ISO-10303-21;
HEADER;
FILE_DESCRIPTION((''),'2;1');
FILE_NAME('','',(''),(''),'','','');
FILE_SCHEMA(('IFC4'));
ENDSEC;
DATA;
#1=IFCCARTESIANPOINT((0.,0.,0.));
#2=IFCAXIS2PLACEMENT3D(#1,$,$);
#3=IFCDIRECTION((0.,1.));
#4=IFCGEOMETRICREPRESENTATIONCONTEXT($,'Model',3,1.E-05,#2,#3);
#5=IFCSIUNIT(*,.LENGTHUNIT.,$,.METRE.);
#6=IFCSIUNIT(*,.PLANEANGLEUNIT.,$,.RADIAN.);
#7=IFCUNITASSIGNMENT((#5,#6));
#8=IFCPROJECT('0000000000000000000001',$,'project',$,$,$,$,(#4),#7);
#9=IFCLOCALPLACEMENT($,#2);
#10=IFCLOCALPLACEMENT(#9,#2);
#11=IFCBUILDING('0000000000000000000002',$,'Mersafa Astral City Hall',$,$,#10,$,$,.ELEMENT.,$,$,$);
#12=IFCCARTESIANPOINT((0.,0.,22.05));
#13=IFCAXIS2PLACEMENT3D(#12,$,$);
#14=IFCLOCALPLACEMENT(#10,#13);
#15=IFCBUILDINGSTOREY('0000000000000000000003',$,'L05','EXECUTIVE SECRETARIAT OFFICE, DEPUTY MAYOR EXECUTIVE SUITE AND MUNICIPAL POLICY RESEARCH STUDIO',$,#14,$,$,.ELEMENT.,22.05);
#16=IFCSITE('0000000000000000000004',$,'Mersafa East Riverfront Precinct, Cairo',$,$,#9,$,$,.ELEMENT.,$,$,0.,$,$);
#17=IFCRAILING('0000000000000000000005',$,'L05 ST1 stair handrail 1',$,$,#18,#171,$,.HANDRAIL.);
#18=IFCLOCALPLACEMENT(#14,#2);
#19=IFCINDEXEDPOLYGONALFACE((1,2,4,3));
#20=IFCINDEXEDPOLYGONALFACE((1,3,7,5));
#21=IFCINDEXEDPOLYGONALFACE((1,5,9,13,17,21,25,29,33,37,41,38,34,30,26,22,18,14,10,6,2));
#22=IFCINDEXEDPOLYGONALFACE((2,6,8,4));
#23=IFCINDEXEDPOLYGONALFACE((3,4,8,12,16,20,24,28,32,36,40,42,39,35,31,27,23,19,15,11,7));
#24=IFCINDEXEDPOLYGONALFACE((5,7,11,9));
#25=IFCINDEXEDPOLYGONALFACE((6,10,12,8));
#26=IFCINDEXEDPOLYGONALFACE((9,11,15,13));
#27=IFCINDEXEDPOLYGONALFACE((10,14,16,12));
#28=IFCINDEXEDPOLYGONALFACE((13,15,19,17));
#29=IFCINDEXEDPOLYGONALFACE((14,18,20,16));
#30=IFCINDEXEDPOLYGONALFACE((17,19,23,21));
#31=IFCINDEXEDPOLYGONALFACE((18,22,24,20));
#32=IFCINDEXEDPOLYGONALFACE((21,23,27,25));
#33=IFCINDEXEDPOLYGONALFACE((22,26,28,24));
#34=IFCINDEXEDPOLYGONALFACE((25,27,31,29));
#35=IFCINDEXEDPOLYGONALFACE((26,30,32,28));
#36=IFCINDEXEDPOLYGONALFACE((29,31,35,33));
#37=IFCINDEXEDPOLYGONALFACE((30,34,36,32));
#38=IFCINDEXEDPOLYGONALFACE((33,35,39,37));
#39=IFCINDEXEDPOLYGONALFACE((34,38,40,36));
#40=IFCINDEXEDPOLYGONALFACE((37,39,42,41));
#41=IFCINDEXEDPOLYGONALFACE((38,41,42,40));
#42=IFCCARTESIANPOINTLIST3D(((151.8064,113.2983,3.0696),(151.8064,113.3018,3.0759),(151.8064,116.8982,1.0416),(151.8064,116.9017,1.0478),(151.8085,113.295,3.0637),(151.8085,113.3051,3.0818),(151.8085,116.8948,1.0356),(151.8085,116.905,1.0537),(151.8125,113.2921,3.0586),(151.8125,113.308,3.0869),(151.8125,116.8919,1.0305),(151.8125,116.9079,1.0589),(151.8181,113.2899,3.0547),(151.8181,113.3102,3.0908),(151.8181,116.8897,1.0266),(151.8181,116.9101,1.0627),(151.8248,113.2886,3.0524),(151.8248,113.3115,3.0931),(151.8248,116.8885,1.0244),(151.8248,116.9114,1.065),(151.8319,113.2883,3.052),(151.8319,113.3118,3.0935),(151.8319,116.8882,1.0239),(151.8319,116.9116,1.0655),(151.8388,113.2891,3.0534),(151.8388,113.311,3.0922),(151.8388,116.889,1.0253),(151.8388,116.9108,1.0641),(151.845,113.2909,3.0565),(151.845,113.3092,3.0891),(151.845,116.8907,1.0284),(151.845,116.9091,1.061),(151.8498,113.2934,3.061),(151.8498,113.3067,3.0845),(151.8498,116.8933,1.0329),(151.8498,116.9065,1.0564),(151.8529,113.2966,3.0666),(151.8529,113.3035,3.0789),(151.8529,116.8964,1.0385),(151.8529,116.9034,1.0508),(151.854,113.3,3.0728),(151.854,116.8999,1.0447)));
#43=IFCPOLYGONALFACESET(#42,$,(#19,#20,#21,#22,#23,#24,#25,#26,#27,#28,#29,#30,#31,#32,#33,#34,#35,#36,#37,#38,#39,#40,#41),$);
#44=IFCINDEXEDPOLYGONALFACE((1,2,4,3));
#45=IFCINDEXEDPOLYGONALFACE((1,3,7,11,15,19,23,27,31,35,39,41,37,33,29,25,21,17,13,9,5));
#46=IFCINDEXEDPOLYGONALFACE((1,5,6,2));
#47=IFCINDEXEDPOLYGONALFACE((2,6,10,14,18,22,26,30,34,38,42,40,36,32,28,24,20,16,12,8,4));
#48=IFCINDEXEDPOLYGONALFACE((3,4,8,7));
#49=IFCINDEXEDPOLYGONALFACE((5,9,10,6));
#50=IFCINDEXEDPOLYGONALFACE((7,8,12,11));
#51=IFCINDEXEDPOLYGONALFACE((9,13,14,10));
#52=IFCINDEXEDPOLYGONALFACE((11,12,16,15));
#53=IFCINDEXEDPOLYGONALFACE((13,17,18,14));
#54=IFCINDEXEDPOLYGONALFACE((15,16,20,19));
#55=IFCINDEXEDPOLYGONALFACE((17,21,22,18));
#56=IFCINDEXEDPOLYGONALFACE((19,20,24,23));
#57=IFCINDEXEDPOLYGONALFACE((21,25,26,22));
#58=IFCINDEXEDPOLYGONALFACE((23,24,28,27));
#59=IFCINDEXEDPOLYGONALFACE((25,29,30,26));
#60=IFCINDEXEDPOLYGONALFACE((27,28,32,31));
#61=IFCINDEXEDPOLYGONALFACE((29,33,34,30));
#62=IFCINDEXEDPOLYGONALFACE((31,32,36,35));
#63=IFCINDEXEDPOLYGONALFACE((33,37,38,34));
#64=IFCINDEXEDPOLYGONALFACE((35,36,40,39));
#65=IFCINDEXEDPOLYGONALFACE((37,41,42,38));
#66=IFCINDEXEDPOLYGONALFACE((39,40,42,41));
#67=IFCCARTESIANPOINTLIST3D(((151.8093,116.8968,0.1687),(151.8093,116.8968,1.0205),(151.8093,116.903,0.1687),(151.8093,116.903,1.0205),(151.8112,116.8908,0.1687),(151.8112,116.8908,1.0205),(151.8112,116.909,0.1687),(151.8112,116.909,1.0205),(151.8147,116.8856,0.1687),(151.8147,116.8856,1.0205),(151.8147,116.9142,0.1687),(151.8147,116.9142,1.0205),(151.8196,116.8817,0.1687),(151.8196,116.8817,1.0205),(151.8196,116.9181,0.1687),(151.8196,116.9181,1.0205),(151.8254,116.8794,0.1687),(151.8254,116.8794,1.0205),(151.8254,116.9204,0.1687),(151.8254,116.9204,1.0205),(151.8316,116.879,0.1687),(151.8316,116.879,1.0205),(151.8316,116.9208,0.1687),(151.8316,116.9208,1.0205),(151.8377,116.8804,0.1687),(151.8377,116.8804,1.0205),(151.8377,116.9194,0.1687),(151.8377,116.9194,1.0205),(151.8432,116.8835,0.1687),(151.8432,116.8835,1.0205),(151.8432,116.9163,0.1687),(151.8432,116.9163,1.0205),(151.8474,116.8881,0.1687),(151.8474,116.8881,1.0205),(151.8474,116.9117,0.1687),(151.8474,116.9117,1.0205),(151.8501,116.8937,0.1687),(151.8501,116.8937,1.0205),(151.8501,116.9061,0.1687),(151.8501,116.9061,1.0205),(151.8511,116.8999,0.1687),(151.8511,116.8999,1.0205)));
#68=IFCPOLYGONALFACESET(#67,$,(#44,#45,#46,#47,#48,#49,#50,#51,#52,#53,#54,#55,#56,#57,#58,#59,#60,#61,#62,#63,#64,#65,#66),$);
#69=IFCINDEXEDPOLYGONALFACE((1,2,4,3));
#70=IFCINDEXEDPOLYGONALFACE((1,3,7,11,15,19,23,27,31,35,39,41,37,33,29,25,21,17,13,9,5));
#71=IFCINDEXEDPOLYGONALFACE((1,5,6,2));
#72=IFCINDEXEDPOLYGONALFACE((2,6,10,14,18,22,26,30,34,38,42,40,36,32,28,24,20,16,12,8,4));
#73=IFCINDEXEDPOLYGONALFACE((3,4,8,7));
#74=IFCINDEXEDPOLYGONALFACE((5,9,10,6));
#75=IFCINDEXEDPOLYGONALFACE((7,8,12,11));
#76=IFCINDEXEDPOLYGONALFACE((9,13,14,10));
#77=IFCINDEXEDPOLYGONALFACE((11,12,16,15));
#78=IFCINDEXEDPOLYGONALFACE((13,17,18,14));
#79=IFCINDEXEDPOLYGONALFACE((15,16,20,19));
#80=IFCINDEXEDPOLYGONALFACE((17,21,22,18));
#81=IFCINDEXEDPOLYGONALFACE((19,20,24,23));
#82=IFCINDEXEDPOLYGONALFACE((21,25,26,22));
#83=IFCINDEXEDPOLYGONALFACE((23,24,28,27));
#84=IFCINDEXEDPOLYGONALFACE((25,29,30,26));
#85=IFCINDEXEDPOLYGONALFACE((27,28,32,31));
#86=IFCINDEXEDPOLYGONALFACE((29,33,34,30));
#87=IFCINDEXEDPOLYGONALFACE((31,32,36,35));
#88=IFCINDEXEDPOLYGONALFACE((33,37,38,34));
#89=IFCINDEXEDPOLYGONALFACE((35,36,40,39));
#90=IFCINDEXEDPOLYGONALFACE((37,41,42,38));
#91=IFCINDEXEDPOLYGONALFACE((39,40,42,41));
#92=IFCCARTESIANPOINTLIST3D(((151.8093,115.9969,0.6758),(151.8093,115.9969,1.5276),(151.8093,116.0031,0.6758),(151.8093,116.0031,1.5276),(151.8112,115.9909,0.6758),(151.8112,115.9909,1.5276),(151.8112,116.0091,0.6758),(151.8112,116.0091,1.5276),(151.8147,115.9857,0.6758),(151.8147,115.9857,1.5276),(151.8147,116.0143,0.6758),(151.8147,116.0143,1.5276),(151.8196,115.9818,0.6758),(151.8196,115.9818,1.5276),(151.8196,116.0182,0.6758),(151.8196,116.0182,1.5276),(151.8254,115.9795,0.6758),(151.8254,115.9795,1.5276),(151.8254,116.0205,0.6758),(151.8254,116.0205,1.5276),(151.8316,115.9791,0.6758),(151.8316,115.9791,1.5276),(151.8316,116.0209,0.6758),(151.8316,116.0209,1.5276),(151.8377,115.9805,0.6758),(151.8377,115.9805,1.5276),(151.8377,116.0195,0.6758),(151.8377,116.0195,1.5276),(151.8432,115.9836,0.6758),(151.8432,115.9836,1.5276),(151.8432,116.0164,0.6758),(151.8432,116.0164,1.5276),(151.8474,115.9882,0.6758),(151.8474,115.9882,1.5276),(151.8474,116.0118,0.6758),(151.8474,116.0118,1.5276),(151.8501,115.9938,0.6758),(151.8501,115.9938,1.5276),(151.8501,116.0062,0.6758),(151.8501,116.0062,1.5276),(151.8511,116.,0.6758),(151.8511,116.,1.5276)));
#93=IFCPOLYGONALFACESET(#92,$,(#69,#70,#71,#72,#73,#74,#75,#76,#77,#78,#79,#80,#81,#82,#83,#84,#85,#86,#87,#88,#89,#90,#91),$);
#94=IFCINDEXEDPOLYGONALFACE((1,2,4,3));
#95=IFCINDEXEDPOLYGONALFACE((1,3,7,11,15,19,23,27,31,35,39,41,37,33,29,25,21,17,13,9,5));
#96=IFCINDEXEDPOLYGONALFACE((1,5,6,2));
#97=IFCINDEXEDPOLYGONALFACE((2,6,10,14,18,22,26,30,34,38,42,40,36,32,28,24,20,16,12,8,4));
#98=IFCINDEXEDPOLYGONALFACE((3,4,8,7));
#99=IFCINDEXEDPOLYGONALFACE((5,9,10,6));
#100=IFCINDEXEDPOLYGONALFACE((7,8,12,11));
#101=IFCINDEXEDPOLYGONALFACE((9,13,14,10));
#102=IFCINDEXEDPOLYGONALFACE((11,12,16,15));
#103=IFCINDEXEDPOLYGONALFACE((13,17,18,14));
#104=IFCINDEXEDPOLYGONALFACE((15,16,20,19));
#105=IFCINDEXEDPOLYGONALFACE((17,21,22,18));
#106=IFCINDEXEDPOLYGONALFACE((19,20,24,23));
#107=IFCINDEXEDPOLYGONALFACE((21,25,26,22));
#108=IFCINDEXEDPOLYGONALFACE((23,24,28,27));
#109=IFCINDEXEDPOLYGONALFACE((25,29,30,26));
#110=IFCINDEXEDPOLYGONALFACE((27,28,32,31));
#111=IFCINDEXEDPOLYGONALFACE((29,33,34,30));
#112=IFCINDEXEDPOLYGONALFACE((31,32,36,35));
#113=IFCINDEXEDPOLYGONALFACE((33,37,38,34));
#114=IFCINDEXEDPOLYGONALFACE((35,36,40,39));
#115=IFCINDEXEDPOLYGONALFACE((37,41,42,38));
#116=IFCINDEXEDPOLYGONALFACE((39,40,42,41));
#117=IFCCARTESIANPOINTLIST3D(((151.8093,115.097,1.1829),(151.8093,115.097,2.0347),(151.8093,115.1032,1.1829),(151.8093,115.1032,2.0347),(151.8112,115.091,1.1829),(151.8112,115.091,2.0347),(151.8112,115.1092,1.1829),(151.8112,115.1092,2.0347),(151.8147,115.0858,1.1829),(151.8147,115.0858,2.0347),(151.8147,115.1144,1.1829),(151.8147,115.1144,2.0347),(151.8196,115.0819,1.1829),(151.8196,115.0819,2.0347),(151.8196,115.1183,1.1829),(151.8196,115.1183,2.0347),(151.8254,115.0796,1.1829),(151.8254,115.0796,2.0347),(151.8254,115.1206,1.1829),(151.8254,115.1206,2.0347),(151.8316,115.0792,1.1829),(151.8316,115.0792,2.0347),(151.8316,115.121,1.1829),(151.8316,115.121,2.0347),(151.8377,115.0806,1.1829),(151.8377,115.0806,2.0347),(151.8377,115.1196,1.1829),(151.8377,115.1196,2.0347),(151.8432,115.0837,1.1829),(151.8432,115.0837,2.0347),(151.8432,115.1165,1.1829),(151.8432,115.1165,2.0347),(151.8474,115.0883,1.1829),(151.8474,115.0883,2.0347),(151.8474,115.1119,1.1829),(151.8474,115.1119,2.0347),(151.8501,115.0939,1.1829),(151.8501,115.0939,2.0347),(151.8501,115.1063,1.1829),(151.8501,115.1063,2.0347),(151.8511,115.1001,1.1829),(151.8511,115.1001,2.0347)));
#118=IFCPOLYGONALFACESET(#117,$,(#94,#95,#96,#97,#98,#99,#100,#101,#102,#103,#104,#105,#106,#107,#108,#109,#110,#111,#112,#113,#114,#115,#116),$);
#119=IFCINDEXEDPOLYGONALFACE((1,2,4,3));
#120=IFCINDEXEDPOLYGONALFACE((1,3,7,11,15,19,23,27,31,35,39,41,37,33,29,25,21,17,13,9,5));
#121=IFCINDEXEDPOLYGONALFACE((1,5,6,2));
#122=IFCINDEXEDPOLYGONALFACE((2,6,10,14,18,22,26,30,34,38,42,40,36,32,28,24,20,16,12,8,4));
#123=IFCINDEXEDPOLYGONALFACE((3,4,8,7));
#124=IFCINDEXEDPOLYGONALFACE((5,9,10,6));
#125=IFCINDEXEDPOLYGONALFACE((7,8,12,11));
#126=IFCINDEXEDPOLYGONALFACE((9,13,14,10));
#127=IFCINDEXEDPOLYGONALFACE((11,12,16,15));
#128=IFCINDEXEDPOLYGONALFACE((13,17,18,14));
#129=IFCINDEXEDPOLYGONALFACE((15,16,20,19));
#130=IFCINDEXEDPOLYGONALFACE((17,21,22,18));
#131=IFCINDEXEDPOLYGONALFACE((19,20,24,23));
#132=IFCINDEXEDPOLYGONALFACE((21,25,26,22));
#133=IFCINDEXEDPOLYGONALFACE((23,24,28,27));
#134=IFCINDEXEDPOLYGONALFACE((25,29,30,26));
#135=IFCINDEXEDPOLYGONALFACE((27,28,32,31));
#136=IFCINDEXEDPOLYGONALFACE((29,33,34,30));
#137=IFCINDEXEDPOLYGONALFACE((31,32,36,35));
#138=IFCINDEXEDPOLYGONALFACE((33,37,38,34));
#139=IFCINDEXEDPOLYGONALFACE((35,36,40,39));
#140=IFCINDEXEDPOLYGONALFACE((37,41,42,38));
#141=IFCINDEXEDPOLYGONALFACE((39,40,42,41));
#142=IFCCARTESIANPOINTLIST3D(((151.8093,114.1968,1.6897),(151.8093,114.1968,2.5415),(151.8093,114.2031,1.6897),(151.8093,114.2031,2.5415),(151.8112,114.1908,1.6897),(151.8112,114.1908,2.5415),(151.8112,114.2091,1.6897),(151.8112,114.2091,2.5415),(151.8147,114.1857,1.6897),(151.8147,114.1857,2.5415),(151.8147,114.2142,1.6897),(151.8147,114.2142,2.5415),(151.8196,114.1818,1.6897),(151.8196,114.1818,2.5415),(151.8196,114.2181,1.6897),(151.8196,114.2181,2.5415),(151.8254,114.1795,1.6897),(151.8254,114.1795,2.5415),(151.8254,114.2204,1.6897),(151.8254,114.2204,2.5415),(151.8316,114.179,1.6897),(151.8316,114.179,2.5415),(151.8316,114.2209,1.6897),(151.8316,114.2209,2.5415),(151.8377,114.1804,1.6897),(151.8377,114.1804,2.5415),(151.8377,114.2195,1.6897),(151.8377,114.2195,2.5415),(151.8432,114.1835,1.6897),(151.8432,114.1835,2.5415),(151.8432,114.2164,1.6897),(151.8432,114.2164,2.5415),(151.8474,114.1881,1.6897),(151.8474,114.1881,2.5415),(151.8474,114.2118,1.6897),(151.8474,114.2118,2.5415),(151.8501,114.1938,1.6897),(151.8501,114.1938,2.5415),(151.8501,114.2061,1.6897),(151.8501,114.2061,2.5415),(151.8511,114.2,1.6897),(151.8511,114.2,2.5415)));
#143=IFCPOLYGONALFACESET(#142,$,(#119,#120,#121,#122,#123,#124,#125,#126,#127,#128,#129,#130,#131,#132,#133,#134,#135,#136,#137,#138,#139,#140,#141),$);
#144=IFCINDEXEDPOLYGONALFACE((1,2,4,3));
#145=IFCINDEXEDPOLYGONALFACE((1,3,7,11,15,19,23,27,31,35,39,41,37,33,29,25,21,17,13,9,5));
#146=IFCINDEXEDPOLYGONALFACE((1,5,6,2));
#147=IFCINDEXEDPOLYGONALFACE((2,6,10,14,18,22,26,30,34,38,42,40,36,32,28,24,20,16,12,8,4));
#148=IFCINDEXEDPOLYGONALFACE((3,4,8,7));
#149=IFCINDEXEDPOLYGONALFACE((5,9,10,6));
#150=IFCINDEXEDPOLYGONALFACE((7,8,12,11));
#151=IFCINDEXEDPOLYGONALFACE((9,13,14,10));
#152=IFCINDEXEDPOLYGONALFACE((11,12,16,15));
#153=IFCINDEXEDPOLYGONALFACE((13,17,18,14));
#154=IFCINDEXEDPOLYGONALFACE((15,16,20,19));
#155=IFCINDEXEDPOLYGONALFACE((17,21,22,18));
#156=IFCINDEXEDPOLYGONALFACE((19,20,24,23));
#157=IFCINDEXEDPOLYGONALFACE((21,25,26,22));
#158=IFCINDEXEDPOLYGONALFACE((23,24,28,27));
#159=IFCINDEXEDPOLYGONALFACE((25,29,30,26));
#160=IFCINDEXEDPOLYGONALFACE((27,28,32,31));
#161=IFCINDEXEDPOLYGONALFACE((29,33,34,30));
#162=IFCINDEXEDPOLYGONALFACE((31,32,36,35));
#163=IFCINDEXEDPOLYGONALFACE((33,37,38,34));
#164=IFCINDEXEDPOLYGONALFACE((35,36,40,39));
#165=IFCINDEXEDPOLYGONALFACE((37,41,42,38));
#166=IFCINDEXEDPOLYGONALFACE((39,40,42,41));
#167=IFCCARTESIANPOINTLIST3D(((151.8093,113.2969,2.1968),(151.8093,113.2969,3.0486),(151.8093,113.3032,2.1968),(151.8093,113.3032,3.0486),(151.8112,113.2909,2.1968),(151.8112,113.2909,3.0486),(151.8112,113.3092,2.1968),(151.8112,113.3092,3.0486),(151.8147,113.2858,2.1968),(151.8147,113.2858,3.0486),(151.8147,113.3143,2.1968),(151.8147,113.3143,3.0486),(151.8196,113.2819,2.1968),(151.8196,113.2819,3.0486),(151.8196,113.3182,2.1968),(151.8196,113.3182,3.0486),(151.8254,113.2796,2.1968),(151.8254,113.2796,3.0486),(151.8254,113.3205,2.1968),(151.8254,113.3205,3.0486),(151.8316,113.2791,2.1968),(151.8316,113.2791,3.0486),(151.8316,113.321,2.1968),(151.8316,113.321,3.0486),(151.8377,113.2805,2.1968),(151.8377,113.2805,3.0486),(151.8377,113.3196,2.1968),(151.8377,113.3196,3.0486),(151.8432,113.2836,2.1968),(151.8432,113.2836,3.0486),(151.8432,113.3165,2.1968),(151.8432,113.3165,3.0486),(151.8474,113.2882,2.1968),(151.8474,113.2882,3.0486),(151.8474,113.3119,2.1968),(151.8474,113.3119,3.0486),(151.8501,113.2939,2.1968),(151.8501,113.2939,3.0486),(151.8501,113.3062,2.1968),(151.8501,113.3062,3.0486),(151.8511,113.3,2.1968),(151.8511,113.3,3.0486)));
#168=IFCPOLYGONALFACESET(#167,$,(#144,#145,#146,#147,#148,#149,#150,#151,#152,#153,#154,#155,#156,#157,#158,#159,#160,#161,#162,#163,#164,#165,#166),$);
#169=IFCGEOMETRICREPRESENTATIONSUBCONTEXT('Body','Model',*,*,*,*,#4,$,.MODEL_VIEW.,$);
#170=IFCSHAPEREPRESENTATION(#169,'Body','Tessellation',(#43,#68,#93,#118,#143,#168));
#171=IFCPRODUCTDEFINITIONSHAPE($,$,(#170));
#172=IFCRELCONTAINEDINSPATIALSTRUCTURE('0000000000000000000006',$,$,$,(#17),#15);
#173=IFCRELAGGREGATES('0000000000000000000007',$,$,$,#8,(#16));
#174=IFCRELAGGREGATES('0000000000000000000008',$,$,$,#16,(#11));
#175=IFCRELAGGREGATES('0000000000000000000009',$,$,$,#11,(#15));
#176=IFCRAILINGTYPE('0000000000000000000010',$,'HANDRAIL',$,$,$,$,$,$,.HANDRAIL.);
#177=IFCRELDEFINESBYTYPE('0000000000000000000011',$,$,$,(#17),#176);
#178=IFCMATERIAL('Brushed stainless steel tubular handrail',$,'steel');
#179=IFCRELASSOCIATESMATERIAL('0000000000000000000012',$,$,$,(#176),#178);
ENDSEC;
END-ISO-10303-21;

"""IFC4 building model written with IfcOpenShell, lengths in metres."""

from ifc_helpers import new_model, si_unit, direction, frame, origin, origin_2d, place, context, subcontext, project, spatial, circle, extrude, material, type_object, element, save


model = new_model("IFC4")

# Units and contexts
model_context = context("Model", 3, precision=1e-05, world=origin(), true_north=direction((0.0, 1.0)))
body_context = subcontext(model_context, "Body", "Model", "MODEL_VIEW")
ifc_project = project(units=[si_unit("LENGTHUNIT", "METRE"), si_unit("PLANEANGLEUNIT", "RADIAN")], contexts=[model_context])

# Site, building, storey
site_placement = place(None, origin())
site = spatial("IfcSite", under=ifc_project, at=site_placement, Name="Mersafa East Riverfront Precinct, Cairo", CompositionType="ELEMENT", RefElevation=0.0)
building_placement = place(site_placement, origin())
building = spatial("IfcBuilding", under=site, at=building_placement, Name="Mersafa Astral City Hall", CompositionType="ELEMENT")
storey_placement = place(building_placement, frame((0.0, 0.0, 22.05)))
storey = spatial("IfcBuildingStorey", under=building, at=storey_placement, Name="L05", Description="EXECUTIVE SECRETARIAT OFFICE, DEPUTY MAYOR EXECUTIVE SUITE AND MUNICIPAL POLICY RESEARCH STUDIO", CompositionType="ELEMENT", Elevation=22.05)

# Railing
ifc_material_1 = material(Name="Brushed stainless steel tubular handrail", Category="steel")
railing_type_1 = type_object("IfcRailingType", Name="HANDRAIL", PredefinedType="HANDRAIL", material=ifc_material_1)
railing_1_placement = place(storey_placement, frame((151.8301, 116.8999, 0.1687)))
element("IfcRailing", 1, at=railing_1_placement, inside=storey, type_object=railing_type_1, Name="L05 ST1 stair handrail 1", PredefinedType="HANDRAIL", context=body_context, shape_type="SweptSolid", body=[
    extrude(circle(Radius=0.0239, at=origin_2d()), frame((0.0, 0.0, 0.876), z_axis=(0.0, -0.871249, 0.490842), x_axis=(1.0, 0.0, 0.0)), (0.0, 0.0, 1.0), 4.1318),
    extrude(circle(Radius=0.021, at=origin_2d()), origin(), (0.0, 0.0, 1.0), 0.8518),
    extrude(circle(Radius=0.021, at=origin_2d()), frame((0.0, -0.8999, 0.5071)), (0.0, 0.0, 1.0), 0.8518),
    extrude(circle(Radius=0.021, at=origin_2d()), frame((0.0, -1.7998, 1.0142)), (0.0, 0.0, 1.0), 0.8518),
    extrude(circle(Radius=0.021, at=origin_2d()), frame((0.0, -2.7, 1.521)), (0.0, 0.0, 1.0), 0.8518),
    extrude(circle(Radius=0.021, at=origin_2d()), frame((0.0, -3.5999, 2.0281)), (0.0, 0.0, 1.0), 0.8518),
])

save(model, "model.ifc")
